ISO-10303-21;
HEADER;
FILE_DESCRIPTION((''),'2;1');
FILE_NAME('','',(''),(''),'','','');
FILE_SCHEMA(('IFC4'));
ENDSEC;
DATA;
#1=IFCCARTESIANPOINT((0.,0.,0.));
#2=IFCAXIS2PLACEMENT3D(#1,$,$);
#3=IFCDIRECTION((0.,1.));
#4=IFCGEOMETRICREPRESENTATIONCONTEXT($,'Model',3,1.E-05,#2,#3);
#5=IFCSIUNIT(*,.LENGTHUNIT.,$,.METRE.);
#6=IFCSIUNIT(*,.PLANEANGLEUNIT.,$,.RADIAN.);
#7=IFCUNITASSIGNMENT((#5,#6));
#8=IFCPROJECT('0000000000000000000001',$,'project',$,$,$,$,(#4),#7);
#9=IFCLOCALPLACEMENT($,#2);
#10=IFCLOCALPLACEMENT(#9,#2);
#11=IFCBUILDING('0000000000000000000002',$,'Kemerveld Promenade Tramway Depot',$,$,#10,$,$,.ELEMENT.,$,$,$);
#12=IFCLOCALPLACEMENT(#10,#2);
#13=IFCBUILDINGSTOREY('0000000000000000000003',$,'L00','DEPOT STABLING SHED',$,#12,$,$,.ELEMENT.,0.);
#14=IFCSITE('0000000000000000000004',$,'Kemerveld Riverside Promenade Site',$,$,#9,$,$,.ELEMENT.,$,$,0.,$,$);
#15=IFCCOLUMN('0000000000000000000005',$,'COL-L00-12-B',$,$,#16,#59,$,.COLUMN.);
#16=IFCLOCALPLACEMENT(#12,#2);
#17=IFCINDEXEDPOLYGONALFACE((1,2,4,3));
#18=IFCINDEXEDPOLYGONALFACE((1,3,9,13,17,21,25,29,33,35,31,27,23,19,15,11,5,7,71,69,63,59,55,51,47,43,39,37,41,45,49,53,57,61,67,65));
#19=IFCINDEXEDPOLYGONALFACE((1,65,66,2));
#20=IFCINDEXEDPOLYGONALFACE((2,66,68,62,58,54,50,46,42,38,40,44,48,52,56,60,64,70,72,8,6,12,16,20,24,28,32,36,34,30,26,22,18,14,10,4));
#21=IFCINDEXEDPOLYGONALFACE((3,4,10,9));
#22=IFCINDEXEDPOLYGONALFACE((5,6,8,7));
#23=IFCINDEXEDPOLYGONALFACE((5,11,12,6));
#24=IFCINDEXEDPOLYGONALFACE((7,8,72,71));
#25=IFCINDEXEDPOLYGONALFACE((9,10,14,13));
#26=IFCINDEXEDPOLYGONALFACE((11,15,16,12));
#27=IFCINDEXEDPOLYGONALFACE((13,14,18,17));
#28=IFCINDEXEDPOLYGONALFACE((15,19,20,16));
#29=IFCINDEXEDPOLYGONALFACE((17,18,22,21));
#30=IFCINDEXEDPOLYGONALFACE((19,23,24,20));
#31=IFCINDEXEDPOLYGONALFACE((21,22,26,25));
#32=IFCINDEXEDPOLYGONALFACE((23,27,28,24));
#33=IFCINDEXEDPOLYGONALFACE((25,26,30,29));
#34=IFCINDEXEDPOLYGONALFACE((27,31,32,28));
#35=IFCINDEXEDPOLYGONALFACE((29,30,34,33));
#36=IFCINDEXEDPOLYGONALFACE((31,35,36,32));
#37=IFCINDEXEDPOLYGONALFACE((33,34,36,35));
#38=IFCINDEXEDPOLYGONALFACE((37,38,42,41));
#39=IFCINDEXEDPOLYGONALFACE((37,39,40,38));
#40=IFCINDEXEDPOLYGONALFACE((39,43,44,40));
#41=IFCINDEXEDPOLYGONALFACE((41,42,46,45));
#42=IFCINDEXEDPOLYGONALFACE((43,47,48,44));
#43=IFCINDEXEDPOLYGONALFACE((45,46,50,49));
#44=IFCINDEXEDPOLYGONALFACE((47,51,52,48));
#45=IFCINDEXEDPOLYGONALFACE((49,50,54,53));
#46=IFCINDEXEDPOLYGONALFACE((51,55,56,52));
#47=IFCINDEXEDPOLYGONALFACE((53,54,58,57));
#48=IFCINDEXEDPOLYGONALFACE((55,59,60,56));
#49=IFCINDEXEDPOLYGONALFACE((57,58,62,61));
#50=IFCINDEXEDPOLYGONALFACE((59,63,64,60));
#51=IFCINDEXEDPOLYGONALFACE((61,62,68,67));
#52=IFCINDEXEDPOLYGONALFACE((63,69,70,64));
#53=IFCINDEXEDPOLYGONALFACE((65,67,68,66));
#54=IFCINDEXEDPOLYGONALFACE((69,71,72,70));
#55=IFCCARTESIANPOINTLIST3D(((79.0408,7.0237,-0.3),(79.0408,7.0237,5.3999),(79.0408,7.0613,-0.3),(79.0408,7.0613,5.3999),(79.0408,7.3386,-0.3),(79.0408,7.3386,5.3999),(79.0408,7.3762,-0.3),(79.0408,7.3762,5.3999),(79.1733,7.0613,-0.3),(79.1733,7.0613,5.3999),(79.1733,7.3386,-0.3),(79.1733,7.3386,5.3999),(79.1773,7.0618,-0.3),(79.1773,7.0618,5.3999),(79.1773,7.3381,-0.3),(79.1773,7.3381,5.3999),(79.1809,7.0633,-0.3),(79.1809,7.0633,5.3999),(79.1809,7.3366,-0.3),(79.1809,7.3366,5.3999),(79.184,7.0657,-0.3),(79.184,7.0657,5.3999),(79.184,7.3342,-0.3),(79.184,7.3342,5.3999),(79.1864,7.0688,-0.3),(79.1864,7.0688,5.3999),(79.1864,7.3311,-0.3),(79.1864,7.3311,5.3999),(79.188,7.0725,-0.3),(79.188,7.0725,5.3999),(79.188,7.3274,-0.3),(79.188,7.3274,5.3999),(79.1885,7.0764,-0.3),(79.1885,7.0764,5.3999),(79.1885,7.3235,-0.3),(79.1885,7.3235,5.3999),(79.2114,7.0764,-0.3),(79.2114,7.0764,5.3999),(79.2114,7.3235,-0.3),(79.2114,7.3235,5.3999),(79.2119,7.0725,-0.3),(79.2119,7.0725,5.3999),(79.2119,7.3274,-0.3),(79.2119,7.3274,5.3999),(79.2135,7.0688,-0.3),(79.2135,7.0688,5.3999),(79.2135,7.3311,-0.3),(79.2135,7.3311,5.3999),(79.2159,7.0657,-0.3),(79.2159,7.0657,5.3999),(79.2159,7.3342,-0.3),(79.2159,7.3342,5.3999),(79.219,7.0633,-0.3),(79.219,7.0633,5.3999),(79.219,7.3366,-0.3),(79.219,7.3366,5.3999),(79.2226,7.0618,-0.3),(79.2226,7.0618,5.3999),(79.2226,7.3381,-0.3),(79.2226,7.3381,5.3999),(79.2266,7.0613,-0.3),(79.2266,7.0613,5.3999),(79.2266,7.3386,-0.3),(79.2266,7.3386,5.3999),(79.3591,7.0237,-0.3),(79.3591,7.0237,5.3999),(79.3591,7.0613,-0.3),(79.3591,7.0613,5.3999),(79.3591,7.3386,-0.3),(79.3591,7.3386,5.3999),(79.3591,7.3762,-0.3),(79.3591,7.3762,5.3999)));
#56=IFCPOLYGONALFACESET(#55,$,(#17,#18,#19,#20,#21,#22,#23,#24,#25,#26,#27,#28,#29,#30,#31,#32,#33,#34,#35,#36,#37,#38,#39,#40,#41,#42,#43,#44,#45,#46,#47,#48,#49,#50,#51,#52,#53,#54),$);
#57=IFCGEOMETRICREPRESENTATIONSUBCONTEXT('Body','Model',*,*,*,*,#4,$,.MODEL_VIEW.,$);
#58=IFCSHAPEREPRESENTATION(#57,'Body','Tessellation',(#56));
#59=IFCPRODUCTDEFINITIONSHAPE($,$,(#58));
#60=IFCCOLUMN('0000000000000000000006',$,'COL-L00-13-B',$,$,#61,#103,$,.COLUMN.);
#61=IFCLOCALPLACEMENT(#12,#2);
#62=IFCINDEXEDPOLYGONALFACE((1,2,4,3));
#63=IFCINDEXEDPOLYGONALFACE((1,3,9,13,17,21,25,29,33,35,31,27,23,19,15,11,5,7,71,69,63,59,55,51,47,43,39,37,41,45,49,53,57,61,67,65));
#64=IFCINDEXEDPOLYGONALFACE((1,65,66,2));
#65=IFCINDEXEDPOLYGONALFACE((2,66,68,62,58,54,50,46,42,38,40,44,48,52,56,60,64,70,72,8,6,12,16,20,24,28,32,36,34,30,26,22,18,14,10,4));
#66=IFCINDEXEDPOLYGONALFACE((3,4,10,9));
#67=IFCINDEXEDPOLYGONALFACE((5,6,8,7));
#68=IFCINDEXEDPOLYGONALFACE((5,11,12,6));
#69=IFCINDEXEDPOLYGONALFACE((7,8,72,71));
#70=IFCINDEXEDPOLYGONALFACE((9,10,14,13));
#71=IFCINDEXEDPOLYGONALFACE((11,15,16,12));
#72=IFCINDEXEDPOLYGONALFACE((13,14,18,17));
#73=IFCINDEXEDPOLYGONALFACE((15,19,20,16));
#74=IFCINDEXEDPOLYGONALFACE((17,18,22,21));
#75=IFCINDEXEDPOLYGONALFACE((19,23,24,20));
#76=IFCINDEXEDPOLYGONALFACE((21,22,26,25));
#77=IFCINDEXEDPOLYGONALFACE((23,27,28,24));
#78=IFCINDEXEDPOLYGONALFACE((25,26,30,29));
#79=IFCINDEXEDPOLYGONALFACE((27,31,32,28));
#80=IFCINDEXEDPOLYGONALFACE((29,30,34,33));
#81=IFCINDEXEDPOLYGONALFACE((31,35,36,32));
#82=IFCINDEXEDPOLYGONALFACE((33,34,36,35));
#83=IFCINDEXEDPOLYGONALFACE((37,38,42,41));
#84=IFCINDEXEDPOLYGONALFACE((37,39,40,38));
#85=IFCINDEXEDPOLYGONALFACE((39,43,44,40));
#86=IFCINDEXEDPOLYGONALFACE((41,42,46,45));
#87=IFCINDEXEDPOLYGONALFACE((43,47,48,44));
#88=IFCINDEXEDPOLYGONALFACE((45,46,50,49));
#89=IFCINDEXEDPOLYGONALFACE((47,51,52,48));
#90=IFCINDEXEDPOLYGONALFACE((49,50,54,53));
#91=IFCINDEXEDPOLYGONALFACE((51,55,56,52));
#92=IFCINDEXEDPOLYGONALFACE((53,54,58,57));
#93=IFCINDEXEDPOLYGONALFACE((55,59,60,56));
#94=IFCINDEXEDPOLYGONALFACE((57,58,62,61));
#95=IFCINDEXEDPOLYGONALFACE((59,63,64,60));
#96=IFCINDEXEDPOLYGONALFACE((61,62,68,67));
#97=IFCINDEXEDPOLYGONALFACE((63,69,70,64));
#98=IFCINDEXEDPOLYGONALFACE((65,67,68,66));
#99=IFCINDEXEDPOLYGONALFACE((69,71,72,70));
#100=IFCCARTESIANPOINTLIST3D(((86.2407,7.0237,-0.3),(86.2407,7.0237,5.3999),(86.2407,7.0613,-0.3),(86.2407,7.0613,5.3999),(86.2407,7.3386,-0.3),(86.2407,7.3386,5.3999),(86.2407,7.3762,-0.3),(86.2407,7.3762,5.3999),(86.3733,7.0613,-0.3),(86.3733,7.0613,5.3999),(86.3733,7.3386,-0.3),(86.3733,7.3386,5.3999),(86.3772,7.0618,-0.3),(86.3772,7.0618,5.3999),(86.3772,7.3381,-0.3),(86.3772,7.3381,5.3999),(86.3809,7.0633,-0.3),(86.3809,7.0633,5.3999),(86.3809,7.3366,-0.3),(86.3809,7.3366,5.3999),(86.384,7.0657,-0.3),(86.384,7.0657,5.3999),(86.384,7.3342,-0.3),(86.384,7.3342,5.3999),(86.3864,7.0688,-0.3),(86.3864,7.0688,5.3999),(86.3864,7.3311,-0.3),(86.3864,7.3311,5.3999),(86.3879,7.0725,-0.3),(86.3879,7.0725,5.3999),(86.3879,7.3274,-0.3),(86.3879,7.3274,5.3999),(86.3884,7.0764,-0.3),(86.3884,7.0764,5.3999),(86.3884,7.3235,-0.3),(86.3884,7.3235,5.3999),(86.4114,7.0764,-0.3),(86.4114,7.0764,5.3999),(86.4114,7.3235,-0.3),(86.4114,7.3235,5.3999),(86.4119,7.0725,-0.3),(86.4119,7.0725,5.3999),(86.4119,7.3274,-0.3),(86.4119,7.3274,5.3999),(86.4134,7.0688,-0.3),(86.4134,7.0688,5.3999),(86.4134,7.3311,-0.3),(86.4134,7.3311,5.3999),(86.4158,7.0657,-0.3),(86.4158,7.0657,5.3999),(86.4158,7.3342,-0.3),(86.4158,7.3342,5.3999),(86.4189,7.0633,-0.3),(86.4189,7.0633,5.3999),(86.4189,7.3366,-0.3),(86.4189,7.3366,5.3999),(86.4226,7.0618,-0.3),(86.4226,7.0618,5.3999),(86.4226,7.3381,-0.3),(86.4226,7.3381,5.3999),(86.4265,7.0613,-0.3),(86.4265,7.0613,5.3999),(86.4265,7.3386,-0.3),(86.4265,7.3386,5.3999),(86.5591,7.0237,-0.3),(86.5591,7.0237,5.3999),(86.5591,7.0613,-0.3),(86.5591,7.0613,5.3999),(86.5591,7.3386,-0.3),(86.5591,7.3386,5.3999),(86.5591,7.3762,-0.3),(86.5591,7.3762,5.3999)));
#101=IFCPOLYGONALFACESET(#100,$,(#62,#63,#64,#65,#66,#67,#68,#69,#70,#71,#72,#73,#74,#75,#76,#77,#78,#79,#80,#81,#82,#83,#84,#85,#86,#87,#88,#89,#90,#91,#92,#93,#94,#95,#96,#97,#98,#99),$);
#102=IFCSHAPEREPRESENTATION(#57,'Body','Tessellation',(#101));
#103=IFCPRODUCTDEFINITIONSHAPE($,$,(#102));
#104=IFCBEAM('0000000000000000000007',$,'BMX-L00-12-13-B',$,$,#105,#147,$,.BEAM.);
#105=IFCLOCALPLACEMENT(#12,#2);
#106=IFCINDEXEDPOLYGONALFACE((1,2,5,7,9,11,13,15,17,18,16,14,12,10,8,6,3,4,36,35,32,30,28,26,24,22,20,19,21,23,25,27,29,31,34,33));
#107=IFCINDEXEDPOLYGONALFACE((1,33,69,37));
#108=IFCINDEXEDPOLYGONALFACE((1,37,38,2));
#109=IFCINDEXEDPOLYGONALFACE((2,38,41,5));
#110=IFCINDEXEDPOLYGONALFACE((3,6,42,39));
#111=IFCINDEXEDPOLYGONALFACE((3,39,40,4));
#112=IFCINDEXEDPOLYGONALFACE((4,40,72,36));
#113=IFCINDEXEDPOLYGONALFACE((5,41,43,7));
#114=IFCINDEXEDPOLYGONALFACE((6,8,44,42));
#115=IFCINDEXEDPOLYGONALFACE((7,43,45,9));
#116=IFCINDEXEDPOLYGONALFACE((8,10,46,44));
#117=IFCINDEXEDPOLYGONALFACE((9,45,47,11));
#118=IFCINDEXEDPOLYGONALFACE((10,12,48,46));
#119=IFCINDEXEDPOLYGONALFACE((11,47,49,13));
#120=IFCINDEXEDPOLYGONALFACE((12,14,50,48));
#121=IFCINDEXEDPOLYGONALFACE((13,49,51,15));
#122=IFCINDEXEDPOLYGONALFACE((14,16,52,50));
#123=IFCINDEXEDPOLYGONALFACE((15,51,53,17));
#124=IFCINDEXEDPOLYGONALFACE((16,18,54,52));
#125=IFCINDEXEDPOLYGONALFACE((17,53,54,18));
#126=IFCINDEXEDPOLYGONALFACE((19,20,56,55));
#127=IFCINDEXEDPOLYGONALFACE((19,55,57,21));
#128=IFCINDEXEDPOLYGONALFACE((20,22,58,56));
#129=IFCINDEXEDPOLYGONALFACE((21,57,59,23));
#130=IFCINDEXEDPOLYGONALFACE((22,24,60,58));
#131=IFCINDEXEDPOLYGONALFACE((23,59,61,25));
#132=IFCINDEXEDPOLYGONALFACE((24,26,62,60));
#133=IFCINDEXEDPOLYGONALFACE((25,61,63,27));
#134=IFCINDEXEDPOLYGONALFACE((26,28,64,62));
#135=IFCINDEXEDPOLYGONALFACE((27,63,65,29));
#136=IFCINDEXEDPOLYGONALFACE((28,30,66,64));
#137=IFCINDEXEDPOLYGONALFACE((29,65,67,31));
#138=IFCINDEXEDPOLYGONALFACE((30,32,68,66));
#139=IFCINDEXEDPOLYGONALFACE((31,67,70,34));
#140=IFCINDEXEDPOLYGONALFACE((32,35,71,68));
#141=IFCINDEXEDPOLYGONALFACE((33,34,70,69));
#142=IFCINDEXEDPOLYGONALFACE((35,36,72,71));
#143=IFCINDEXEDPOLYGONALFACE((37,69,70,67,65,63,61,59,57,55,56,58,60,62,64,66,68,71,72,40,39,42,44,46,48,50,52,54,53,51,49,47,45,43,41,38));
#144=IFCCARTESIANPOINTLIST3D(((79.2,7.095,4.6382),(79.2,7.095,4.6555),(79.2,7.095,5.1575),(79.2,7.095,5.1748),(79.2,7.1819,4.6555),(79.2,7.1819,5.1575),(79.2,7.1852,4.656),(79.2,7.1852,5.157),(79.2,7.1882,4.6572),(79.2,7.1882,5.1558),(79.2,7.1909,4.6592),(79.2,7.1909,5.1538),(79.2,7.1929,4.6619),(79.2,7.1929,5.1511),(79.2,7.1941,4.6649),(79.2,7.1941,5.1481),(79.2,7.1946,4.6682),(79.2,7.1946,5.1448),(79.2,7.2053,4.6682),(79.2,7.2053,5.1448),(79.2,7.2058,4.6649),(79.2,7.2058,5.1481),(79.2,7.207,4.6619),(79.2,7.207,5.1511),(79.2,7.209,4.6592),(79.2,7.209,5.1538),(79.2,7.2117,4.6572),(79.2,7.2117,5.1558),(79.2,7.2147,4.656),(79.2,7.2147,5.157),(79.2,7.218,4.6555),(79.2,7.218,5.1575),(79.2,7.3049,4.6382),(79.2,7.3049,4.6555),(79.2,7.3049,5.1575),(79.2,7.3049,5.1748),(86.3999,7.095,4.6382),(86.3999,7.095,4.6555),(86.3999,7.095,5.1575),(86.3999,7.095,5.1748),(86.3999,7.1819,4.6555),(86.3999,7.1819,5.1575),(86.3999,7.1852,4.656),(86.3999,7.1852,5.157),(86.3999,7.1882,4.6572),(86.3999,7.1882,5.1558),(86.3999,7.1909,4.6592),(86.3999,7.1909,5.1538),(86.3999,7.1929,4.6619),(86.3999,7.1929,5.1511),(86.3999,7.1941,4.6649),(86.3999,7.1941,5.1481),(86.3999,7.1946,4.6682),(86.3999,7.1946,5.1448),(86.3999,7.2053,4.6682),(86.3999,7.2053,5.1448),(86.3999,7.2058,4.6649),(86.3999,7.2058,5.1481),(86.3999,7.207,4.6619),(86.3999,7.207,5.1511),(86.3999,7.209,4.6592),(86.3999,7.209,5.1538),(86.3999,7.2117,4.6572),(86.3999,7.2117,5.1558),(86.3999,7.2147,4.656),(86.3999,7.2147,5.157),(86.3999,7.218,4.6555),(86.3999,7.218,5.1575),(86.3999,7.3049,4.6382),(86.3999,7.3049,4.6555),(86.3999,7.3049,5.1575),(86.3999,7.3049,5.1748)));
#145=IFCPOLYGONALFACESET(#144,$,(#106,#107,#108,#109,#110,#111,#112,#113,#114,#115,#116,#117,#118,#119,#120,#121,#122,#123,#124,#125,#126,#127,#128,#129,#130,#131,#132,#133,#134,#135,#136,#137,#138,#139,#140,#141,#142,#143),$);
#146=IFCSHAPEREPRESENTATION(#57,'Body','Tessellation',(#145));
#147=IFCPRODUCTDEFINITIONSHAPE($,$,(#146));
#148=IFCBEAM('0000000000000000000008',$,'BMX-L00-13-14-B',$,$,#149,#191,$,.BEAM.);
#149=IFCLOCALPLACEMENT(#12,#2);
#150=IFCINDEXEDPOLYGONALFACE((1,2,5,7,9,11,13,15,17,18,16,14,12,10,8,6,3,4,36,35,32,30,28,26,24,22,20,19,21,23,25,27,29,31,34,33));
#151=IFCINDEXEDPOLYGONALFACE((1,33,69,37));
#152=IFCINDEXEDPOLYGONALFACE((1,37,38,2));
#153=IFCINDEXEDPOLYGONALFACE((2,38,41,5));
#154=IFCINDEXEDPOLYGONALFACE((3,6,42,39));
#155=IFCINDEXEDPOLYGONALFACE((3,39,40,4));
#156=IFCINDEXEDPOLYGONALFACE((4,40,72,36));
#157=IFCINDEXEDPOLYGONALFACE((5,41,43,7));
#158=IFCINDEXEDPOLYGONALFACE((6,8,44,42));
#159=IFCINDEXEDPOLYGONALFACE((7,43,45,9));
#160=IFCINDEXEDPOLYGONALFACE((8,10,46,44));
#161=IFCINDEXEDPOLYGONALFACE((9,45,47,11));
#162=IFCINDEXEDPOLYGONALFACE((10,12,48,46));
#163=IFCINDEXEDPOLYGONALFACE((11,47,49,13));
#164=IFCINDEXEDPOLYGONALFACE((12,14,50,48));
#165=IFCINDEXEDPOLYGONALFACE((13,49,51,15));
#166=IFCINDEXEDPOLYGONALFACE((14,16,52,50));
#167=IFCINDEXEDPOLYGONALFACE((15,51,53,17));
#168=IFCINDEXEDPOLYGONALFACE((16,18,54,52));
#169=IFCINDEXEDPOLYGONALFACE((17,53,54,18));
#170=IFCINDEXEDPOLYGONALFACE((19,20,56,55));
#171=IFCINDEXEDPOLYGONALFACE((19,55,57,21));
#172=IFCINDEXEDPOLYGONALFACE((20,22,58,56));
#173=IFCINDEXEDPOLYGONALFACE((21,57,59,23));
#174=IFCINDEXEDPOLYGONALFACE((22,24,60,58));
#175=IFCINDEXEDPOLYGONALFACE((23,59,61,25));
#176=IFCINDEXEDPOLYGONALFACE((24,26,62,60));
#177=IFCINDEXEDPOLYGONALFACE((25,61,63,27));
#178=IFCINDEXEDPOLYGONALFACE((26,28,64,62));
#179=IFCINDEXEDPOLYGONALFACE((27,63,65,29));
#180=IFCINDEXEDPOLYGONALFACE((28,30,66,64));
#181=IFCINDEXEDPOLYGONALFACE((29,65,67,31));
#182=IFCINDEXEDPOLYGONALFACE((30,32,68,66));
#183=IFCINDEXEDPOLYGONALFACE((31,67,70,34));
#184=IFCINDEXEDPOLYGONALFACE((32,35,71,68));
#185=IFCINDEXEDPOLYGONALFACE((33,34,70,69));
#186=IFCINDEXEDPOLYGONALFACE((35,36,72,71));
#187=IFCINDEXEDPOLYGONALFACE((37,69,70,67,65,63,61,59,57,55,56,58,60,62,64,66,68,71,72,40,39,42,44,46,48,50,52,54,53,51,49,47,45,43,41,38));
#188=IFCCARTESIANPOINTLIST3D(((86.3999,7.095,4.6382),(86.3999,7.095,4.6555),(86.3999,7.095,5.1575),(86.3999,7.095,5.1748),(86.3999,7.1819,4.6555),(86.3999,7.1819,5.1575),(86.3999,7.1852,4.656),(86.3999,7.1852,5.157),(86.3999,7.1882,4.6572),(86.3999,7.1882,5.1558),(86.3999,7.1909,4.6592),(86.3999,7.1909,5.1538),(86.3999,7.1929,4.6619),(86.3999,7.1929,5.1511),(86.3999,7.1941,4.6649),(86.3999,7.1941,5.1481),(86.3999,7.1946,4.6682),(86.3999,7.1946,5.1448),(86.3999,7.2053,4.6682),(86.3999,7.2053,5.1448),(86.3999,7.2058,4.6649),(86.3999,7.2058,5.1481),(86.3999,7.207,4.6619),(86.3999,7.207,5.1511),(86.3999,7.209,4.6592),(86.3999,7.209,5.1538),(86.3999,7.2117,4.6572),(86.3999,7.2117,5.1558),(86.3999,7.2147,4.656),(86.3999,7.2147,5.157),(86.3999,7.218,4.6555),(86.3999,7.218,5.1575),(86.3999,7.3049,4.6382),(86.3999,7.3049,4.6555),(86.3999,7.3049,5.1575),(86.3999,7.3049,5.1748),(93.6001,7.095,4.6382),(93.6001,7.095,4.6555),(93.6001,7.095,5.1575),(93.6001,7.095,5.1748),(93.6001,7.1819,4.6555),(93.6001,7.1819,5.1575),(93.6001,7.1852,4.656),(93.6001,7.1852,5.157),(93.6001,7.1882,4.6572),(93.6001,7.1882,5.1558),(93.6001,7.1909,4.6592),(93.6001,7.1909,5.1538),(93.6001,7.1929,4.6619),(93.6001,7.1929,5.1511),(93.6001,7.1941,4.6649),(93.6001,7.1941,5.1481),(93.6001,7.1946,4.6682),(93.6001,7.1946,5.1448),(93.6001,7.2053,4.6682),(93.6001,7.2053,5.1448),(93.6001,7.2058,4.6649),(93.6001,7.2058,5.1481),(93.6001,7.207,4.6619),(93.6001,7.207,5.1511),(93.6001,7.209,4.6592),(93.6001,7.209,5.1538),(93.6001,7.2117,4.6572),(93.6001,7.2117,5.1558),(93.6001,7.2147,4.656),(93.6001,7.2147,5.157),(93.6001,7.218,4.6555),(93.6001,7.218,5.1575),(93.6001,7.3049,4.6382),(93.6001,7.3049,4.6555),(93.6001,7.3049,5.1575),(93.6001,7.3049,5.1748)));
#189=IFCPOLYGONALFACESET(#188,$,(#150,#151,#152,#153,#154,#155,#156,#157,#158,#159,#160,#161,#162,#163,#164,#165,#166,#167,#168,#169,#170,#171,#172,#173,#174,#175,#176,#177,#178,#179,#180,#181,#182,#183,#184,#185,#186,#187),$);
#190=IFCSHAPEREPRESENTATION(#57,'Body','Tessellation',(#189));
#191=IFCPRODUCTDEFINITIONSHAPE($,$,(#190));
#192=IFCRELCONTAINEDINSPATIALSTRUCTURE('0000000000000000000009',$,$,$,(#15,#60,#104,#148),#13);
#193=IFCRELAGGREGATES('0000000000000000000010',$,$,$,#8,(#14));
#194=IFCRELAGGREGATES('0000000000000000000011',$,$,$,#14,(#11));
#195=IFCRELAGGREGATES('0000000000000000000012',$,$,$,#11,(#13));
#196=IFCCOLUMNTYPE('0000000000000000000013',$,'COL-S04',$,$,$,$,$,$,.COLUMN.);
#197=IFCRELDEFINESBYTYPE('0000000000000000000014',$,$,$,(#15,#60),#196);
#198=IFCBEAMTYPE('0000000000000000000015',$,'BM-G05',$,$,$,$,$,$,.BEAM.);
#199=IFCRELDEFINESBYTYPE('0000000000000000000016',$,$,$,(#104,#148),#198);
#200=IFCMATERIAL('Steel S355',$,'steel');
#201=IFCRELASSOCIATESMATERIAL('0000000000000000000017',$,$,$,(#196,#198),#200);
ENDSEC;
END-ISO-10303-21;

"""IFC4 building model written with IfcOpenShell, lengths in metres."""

from ifc_helpers import new_model, si_unit, direction, frame, origin, origin_2d, place, context, subcontext, project, spatial, i_section, extrude, material, material_profile, profile_set, type_object, element, save


model = new_model("IFC4")

# Units and contexts
model_context = context("Model", 3, precision=1e-05, world=origin(), true_north=direction((0.0, 1.0)))
body_context = subcontext(model_context, "Body", "Model", "MODEL_VIEW")
ifc_project = project(units=[si_unit("LENGTHUNIT", "METRE"), si_unit("PLANEANGLEUNIT", "RADIAN")], contexts=[model_context])

# Site, building, storey
site_placement = place(None, origin())
site = spatial("IfcSite", under=ifc_project, at=site_placement, Name="Kemerveld Riverside Promenade Site", CompositionType="ELEMENT", RefElevation=0.0)
building_placement = place(site_placement, origin())
building = spatial("IfcBuilding", under=site, at=building_placement, Name="Kemerveld Promenade Tramway Depot", CompositionType="ELEMENT")
storey_placement = place(building_placement, origin())
storey = spatial("IfcBuildingStorey", under=building, at=storey_placement, Name="L00", Description="DEPOT STABLING SHED", CompositionType="ELEMENT", Elevation=0.0)

# Columns
ifc_material_1 = material(Name="Steel S355", Category="steel")
ifc_material_profile_1 = material_profile(ifc_material_1, i_section(OverallWidth=0.3184, OverallDepth=0.3525, WebThickness=0.0229, FlangeThickness=0.0376, FilletRadius=0.0151, at=origin_2d()), Name="305x305x240 UC")
ifc_profile_set_1 = profile_set([ifc_material_profile_1], Name="Steel S355")
column_type_1 = type_object("IfcColumnType", Name="COL-S04", PredefinedType="COLUMN", material=ifc_profile_set_1)
for number, where, z_axis, x_axis, name in (
    (1, (79.2, 7.2, -0.3), (0.0, 0.0, 1.0), (1.0, 0.0, 0.0), "COL-L00-12-B"),
    (2, (86.3999, 7.2, -0.3), (0.0, 0.0, 1.0), (1.0, 0.0, 0.0), "COL-L00-13-B"),
):
    element("IfcColumn", number, at=place(storey_placement, frame(where, z_axis=z_axis, x_axis=x_axis)), inside=storey, type_object=column_type_1, Name=name, PredefinedType="COLUMN", context=body_context, shape_type="SweptSolid", body=[
        extrude(i_section(OverallWidth=0.3184, OverallDepth=0.3525, WebThickness=0.0229, FlangeThickness=0.0376, FilletRadius=0.0151, at=origin_2d()), origin(), (0.0, 0.0, 1.0), 5.7),
    ])

# Beams
ifc_material_profile_2 = material_profile(ifc_material_1, i_section(OverallWidth=0.21, OverallDepth=0.5366, WebThickness=0.0107, FlangeThickness=0.0173, FilletRadius=0.0127, at=origin_2d()), Name="533x210x101 UB")
ifc_profile_set_2 = profile_set([ifc_material_profile_2], Name="Steel S355")
beam_type_1 = type_object("IfcBeamType", Name="BM-G05", PredefinedType="BEAM", material=ifc_profile_set_2)
beam_1_placement = place(storey_placement, frame((79.2, 7.2, 4.9065), z_axis=(1.0, 0.0, 0.0), x_axis=(0.0, 1.0, 0.0)))
element("IfcBeam", 3, at=beam_1_placement, inside=storey, type_object=beam_type_1, Name="BMX-L00-12-13-B", PredefinedType="BEAM", context=body_context, shape_type="SweptSolid", body=[
    extrude(i_section(OverallWidth=0.21, OverallDepth=0.5366, WebThickness=0.0107, FlangeThickness=0.0173, FilletRadius=0.0127, at=origin_2d()), origin(), (0.0, 0.0, 1.0), 7.2),
])
beam_2_placement = place(storey_placement, frame((86.3999, 7.2, 4.9065), z_axis=(1.0, 0.0, 0.0), x_axis=(0.0, 1.0, 0.0)))
element("IfcBeam", 4, at=beam_2_placement, inside=storey, type_object=beam_type_1, Name="BMX-L00-13-14-B", PredefinedType="BEAM", context=body_context, shape_type="SweptSolid", body=[
    extrude(i_section(OverallWidth=0.21, OverallDepth=0.5366, WebThickness=0.0107, FlangeThickness=0.0173, FilletRadius=0.0127, at=origin_2d()), origin(), (0.0, 0.0, 1.0), 7.2002),
])

save(model, "model.ifc")
